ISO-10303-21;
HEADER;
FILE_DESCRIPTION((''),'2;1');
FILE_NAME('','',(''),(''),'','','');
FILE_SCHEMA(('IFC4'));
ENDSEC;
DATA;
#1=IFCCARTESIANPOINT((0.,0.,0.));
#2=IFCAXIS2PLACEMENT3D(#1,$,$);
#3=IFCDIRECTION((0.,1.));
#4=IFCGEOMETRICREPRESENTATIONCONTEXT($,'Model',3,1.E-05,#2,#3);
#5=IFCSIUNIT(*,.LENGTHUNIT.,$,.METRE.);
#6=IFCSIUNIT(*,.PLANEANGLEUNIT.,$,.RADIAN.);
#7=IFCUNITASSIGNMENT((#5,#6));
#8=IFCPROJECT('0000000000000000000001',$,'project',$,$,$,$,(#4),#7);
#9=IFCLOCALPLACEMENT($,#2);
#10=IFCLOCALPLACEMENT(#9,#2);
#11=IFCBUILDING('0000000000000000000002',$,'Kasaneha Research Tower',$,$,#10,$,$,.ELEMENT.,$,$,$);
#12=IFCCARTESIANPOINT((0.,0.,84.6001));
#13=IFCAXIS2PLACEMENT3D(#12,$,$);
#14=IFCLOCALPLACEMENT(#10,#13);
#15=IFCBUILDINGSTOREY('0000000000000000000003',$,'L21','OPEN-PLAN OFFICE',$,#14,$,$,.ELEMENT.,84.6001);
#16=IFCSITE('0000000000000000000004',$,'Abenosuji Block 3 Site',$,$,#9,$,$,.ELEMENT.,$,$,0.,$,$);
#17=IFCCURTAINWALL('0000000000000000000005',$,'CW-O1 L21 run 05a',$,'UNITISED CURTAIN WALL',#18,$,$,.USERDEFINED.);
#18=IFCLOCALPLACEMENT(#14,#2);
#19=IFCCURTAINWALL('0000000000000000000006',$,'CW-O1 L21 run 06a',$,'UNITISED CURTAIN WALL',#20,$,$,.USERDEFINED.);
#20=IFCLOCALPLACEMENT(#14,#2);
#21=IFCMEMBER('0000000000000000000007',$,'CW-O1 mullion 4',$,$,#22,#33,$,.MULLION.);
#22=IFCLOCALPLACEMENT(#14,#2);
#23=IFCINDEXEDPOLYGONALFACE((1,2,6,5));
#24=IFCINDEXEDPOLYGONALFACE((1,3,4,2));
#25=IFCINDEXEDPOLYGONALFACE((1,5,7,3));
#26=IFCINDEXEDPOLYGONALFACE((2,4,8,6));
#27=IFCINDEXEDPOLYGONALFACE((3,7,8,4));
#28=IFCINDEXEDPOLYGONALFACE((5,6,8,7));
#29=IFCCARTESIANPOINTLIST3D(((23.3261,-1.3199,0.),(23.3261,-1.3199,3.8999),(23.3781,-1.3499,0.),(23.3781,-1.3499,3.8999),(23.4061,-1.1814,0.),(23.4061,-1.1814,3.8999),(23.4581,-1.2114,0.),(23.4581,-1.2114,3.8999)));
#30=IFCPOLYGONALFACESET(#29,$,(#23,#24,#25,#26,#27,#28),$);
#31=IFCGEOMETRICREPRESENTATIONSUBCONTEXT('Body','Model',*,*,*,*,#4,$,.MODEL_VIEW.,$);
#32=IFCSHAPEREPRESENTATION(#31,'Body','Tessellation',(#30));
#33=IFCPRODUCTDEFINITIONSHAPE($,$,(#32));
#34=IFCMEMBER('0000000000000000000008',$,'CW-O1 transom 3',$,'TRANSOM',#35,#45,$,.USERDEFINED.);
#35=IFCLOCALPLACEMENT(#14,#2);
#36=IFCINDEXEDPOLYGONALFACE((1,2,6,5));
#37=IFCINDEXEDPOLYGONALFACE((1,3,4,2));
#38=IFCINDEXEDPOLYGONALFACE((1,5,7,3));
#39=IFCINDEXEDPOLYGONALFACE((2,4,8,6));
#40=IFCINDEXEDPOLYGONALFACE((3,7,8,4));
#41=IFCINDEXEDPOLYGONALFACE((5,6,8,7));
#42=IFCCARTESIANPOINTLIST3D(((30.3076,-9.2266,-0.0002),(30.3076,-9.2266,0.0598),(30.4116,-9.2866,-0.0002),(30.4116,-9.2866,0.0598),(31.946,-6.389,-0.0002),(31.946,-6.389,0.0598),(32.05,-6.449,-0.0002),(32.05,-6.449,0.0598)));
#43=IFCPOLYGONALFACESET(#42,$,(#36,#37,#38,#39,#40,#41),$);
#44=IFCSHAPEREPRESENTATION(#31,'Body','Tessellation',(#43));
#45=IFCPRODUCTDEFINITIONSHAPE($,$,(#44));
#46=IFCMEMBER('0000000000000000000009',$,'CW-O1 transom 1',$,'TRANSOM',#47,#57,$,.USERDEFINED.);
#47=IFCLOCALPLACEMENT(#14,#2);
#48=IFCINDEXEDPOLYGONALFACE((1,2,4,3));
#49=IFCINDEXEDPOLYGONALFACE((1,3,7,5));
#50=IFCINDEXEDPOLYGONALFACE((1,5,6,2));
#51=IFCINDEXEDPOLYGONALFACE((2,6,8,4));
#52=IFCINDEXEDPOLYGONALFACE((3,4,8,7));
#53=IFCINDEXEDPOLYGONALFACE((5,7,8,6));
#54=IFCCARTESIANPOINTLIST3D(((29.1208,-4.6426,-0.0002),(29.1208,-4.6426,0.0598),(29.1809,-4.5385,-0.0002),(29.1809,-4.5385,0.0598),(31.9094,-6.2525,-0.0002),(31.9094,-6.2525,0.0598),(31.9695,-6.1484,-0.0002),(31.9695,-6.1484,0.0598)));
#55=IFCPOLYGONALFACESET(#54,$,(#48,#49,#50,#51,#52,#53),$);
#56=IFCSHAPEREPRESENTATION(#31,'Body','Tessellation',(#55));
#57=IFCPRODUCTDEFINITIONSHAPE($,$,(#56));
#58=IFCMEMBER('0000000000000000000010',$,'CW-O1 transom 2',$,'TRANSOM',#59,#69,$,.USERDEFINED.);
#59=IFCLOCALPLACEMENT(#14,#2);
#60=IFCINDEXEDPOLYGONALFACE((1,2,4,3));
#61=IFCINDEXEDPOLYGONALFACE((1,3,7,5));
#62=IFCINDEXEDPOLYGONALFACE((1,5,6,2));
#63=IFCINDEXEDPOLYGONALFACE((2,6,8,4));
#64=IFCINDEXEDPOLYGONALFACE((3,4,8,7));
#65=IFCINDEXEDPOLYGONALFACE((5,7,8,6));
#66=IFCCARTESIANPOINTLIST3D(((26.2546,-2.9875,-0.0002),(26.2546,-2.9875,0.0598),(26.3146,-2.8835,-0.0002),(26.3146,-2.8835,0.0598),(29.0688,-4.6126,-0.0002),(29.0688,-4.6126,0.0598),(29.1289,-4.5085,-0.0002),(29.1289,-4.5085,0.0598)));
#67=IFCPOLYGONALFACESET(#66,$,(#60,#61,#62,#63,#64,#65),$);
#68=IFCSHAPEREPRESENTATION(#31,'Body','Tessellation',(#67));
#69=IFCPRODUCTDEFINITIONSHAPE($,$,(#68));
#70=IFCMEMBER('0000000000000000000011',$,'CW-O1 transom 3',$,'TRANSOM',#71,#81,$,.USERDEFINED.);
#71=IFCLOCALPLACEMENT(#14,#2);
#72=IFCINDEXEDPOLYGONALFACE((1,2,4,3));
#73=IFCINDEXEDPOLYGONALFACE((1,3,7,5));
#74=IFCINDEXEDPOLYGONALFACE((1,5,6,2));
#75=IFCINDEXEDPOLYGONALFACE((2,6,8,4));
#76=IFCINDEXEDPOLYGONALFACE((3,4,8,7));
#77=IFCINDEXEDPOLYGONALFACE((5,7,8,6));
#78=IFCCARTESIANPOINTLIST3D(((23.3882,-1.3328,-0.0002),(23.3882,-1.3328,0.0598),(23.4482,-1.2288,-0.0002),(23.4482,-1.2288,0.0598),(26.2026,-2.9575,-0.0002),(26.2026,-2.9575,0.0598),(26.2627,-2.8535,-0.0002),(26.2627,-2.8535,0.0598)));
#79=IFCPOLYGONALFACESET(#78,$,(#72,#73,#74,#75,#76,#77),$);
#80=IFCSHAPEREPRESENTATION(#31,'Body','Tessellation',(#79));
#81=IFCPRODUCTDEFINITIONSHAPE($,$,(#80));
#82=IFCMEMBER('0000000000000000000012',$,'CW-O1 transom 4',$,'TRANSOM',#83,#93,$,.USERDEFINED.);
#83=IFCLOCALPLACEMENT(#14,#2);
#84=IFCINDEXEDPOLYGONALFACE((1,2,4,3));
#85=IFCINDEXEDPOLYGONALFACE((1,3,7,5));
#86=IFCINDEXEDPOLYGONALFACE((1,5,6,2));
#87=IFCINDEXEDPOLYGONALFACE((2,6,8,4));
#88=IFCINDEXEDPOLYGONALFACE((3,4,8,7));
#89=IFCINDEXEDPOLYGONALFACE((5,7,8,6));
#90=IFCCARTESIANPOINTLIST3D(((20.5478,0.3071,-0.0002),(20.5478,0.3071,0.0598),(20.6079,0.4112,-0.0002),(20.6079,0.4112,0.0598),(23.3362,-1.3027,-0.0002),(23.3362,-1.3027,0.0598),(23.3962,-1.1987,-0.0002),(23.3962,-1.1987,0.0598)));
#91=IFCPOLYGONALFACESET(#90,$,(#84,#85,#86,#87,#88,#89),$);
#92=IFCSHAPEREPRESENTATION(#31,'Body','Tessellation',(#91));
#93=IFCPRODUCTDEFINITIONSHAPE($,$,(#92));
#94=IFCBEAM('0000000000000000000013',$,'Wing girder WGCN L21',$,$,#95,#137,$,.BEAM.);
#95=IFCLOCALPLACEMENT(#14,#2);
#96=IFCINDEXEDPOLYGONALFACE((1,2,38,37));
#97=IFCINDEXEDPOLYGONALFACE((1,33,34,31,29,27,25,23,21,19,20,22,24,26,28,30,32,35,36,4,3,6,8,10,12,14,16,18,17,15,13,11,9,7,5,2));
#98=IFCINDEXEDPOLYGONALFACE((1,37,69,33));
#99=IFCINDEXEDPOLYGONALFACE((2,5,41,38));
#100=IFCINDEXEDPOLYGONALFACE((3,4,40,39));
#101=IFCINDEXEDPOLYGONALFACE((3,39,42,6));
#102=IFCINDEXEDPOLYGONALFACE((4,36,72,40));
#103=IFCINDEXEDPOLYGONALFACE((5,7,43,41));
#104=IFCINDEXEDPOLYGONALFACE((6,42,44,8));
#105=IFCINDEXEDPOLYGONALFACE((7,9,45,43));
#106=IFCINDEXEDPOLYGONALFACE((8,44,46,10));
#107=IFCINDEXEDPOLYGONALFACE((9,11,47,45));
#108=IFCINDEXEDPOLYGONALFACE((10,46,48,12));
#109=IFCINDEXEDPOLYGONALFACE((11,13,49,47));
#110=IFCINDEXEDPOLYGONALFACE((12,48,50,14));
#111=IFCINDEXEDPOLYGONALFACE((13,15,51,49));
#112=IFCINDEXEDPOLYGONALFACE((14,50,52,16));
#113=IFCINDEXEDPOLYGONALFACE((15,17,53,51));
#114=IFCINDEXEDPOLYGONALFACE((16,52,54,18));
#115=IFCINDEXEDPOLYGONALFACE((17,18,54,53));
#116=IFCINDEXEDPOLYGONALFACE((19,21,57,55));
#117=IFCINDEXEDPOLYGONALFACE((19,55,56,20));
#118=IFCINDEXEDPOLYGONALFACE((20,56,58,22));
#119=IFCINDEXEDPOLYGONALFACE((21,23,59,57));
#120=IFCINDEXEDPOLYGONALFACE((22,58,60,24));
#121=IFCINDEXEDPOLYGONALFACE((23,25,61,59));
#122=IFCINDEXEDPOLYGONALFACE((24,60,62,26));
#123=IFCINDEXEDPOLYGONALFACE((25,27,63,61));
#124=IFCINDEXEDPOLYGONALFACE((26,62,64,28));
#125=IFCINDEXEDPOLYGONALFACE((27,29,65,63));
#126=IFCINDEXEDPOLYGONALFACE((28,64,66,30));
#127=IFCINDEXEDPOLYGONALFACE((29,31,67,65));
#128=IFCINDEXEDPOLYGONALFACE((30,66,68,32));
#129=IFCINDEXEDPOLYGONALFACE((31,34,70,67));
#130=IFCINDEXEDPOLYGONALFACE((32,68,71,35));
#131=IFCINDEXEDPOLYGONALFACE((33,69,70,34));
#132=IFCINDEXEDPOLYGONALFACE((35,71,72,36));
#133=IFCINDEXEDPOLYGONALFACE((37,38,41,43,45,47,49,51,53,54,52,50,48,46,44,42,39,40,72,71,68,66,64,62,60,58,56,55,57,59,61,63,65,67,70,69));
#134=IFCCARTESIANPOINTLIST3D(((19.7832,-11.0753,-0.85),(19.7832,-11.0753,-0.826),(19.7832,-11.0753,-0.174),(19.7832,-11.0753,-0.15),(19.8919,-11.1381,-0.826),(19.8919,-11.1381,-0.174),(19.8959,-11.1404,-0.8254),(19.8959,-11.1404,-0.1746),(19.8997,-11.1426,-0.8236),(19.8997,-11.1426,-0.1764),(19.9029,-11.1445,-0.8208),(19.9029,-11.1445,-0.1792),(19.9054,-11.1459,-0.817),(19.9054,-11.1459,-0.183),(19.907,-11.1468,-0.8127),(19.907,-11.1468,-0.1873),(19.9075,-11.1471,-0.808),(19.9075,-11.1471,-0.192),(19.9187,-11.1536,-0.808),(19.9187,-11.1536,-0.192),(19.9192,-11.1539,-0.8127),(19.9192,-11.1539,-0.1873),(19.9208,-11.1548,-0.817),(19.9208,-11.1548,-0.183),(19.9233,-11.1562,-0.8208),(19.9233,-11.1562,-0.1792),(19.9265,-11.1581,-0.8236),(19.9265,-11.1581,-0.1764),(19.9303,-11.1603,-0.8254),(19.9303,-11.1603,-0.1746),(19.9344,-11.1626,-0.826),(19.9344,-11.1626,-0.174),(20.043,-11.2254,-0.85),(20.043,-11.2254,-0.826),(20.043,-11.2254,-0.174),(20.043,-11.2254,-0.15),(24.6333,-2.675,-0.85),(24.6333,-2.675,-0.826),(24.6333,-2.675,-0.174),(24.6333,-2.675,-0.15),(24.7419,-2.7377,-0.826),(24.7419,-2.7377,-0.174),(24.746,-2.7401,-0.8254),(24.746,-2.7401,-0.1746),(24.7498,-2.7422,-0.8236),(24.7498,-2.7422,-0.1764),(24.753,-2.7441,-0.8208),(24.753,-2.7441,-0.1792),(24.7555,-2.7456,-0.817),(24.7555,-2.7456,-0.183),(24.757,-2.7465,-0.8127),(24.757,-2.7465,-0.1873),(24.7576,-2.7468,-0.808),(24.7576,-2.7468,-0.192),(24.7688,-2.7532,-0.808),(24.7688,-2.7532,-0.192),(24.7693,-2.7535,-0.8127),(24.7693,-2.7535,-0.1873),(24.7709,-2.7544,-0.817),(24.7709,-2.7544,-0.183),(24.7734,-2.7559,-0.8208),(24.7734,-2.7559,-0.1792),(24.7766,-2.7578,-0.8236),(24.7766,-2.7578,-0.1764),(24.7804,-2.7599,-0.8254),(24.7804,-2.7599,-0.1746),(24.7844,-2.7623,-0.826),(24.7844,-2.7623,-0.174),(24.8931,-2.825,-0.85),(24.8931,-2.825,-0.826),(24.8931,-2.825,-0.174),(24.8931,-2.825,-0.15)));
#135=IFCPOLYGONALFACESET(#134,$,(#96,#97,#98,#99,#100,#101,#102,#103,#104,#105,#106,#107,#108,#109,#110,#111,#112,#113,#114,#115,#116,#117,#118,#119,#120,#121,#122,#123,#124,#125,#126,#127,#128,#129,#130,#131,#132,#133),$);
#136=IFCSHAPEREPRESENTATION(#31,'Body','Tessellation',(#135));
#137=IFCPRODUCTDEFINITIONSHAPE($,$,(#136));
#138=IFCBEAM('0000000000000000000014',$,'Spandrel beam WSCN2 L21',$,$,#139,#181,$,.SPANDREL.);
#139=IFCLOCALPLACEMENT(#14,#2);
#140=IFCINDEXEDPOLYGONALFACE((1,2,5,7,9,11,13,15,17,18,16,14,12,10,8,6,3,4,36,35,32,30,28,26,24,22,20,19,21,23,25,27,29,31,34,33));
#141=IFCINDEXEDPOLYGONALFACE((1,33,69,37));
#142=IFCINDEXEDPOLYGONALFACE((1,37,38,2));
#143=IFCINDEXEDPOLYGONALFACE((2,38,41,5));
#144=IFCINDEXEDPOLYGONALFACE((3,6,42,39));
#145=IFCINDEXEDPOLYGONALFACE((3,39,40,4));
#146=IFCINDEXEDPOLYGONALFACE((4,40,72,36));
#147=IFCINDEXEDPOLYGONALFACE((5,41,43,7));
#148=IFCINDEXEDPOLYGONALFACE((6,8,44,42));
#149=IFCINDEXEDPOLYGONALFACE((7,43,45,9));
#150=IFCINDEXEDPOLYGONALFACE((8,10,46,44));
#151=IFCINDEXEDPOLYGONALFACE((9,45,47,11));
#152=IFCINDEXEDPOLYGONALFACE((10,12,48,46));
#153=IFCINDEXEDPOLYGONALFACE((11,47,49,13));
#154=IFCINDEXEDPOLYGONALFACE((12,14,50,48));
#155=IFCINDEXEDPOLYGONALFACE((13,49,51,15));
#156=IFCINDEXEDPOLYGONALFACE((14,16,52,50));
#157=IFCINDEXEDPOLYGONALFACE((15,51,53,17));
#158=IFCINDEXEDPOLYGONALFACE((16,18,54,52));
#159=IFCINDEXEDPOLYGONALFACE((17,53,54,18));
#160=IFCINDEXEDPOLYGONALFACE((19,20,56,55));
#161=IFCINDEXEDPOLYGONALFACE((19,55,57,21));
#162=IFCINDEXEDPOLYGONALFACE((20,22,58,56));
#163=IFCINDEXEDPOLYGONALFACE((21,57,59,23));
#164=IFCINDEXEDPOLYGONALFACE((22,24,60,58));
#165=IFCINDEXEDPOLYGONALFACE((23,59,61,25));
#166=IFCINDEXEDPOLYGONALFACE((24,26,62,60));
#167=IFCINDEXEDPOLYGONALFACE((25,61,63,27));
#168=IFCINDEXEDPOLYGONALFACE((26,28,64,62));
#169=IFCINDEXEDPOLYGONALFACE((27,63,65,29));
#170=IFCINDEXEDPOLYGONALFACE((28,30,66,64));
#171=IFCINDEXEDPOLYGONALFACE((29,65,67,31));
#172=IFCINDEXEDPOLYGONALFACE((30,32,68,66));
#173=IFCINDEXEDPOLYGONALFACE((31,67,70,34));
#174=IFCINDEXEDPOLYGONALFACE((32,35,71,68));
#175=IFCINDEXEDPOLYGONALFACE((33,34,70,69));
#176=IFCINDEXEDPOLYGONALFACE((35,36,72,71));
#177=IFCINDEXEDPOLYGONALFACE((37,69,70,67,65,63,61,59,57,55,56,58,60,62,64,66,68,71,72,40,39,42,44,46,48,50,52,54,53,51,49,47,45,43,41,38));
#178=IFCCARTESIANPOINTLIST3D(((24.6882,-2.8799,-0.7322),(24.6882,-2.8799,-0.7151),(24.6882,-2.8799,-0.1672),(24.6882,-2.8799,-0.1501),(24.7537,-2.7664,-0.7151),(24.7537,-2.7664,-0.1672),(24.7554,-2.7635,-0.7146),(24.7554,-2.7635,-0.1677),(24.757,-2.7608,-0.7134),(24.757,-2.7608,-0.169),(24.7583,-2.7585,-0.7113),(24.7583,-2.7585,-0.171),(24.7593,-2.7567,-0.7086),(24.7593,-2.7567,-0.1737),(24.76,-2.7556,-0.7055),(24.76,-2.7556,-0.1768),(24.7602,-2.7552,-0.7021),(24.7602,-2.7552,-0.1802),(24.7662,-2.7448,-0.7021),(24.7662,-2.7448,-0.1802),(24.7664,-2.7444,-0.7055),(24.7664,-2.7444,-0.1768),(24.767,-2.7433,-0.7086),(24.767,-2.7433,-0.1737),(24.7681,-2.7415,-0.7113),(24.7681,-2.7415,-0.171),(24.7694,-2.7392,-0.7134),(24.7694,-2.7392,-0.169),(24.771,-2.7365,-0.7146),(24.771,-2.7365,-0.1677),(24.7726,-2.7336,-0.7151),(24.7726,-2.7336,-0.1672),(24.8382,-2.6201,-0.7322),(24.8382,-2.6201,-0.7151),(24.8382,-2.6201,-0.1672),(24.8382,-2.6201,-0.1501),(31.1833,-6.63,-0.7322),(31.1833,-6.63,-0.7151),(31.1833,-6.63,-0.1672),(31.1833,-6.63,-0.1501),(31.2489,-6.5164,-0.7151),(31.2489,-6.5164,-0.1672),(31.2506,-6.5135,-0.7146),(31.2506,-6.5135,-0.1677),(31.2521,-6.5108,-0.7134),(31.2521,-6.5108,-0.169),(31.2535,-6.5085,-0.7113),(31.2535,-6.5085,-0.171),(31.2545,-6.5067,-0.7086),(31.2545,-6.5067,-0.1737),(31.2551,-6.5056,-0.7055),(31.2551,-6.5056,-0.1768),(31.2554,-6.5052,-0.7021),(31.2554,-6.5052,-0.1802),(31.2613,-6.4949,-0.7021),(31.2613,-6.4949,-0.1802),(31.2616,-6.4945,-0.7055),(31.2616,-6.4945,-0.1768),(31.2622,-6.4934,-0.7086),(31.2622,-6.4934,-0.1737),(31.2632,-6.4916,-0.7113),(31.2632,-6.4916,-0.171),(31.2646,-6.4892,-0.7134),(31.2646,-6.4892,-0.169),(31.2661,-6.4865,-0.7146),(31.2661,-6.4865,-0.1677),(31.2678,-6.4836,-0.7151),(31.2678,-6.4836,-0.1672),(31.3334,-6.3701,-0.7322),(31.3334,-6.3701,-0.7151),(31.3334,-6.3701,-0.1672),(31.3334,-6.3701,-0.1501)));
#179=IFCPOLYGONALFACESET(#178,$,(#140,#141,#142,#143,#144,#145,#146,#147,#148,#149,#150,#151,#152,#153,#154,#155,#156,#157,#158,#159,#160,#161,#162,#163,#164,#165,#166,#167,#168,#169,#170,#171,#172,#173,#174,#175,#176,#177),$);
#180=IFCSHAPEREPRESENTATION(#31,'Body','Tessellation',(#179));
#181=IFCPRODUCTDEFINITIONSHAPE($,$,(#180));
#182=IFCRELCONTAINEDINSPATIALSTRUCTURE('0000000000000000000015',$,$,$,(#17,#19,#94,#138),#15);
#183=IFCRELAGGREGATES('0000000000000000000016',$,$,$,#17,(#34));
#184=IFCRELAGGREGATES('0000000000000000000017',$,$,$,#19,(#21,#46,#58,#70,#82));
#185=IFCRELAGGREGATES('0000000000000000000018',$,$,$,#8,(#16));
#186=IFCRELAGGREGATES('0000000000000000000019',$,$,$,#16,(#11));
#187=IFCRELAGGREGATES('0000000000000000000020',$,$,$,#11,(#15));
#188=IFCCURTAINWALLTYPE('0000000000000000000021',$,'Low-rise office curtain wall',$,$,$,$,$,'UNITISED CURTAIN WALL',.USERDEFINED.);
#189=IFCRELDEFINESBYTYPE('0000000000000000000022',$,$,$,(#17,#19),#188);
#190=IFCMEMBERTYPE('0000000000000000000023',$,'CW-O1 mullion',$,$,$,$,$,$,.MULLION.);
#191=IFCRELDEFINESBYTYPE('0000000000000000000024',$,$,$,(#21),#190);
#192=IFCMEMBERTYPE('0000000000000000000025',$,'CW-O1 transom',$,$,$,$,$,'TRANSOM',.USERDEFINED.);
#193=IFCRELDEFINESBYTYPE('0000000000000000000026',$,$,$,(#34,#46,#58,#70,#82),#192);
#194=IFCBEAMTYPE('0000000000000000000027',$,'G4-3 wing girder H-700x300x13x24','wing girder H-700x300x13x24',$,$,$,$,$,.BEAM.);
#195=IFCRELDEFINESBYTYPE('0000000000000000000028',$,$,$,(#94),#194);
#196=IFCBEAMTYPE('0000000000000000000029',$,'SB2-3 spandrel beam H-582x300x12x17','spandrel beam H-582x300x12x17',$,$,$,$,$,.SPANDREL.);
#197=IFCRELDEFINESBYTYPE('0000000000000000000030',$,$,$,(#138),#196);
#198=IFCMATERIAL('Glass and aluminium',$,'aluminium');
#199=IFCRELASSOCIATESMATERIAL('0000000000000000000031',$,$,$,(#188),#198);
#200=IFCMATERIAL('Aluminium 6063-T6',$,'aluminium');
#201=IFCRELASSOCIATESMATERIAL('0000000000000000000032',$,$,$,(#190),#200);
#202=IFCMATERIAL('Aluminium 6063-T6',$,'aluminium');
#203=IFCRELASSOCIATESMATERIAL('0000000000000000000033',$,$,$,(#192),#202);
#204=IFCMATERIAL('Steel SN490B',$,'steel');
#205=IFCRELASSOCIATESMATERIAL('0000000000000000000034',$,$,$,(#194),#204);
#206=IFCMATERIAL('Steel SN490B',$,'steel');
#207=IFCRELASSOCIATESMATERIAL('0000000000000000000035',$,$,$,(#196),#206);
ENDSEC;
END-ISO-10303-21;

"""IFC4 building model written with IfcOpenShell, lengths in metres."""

from ifc_helpers import new_model, si_unit, direction, frame, origin, origin_2d, place, context, subcontext, project, spatial, rectangle, i_section, extrude, material, material_profile, profile_set, type_object, element, aggregate, save


model = new_model("IFC4")

# Units and contexts
model_context = context("Model", 3, precision=1e-05, world=origin(), true_north=direction((0.0, 1.0)))
body_context = subcontext(model_context, "Body", "Model", "MODEL_VIEW")
ifc_project = project(units=[si_unit("LENGTHUNIT", "METRE"), si_unit("PLANEANGLEUNIT", "RADIAN")], contexts=[model_context])

# Site, building, storey
site_placement = place(None, origin())
site = spatial("IfcSite", under=ifc_project, at=site_placement, Name="Abenosuji Block 3 Site", CompositionType="ELEMENT", RefElevation=0.0)
building_placement = place(site_placement, origin())
building = spatial("IfcBuilding", under=site, at=building_placement, Name="Kasaneha Research Tower", CompositionType="ELEMENT")
storey_placement = place(building_placement, frame((0.0, 0.0, 84.6001)))
storey = spatial("IfcBuildingStorey", under=building, at=storey_placement, Name="L21", Description="OPEN-PLAN OFFICE", CompositionType="ELEMENT", Elevation=84.6001)

# Curtain walls, member
ifc_material_1 = material(Name="Glass and aluminium", Category="aluminium")
curtain_wall_type = type_object("IfcCurtainWallType", Name="Low-rise office curtain wall", ElementType="UNITISED CURTAIN WALL", PredefinedType="USERDEFINED", material=ifc_material_1)
curtain_wall_1_placement = place(storey_placement, origin())
curtain_wall_1 = element("IfcCurtainWall", 1, at=curtain_wall_1_placement, inside=storey, type_object=curtain_wall_type, Name="CW-O1 L21 run 05a", ObjectType="UNITISED CURTAIN WALL", PredefinedType="USERDEFINED")
ifc_material_2 = material(Name="Aluminium 6063-T6", Category="aluminium")
ifc_material_profile_1 = material_profile(ifc_material_2, rectangle(XDim=0.0601, YDim=0.1599, at=origin_2d()), Name="CW-O1 mullion 60x160")
ifc_profile_set_1 = profile_set([ifc_material_profile_1], Name="Aluminium 6063-T6")
member_type_1 = type_object("IfcMemberType", Name="CW-O1 mullion", PredefinedType="MULLION", material=ifc_profile_set_1)
curtain_wall_2_placement = place(storey_placement, origin())
curtain_wall_2 = element("IfcCurtainWall", 2, at=curtain_wall_2_placement, inside=storey, type_object=curtain_wall_type, Name="CW-O1 L21 run 06a", ObjectType="UNITISED CURTAIN WALL", PredefinedType="USERDEFINED")
member_1_placement = place(storey_placement, frame((23.3921, -1.2656, 0.0), z_axis=(0.0, 0.0, 1.0), x_axis=(-0.866025, 0.5, 0.0)))
member_1 = element("IfcMember", 3, at=member_1_placement, type_object=member_type_1, Name="CW-O1 mullion 4", PredefinedType="MULLION", context=body_context, shape_type="SweptSolid", body=[
    extrude(rectangle(XDim=0.0601, YDim=0.1599, at=origin_2d()), origin(), (0.0, 0.0, 1.0), 3.8999),
])

# Members
ifc_material_3 = material(Name="Aluminium 6063-T6", Category="aluminium")
ifc_material_profile_2 = material_profile(ifc_material_3, rectangle(XDim=0.1201, YDim=0.0601, at=origin_2d()), Name="CW-O1 transom 120x60")
ifc_profile_set_2 = profile_set([ifc_material_profile_2], Name="Aluminium 6063-T6")
member_type_2 = type_object("IfcMemberType", Name="CW-O1 transom", ElementType="TRANSOM", PredefinedType="USERDEFINED", material=ifc_profile_set_2)
member_2_placement = place(storey_placement, frame((30.3596, -9.2566, 0.0298), z_axis=(0.500026, 0.866011, 0.0), x_axis=(-0.866011, 0.500026, 0.0)))
member_2 = element("IfcMember", 4, at=member_2_placement, type_object=member_type_2, Name="CW-O1 transom 3", ObjectType="TRANSOM", PredefinedType="USERDEFINED", context=body_context, shape_type="SweptSolid", body=[
    extrude(rectangle(XDim=0.1201, YDim=0.0601, at=origin_2d()), origin(), (0.0, 0.0, 1.0), 3.2766),
])
member_3_placement = place(storey_placement, frame((31.9395, -6.2004, 0.0298), z_axis=(-0.866042, 0.499972, 0.0), x_axis=(-0.499972, -0.866042, 0.0)))
member_3 = element("IfcMember", 5, at=member_3_placement, type_object=member_type_2, Name="CW-O1 transom 1", ObjectType="TRANSOM", PredefinedType="USERDEFINED", context=body_context, shape_type="SweptSolid", body=[
    extrude(rectangle(XDim=0.1201, YDim=0.0601, at=origin_2d()), origin(), (0.0, 0.0, 1.0), 3.22),
])
member_4_placement = place(storey_placement, frame((29.0989, -4.5605, 0.0298), z_axis=(-0.865997, 0.50005, 0.0), x_axis=(-0.50005, -0.865997, 0.0)))
member_4 = element("IfcMember", 6, at=member_4_placement, type_object=member_type_2, Name="CW-O1 transom 2", ObjectType="TRANSOM", PredefinedType="USERDEFINED", context=body_context, shape_type="SweptSolid", body=[
    extrude(rectangle(XDim=0.1201, YDim=0.0601, at=origin_2d()), origin(), (0.0, 0.0, 1.0), 3.2498),
])
member_5_placement = place(storey_placement, frame((26.2327, -2.9055, 0.0298), z_axis=(-0.866048, 0.499961, 0.0), x_axis=(-0.499961, -0.866048, 0.0)))
member_5 = element("IfcMember", 7, at=member_5_placement, type_object=member_type_2, Name="CW-O1 transom 3", ObjectType="TRANSOM", PredefinedType="USERDEFINED", context=body_context, shape_type="SweptSolid", body=[
    extrude(rectangle(XDim=0.1201, YDim=0.0601, at=origin_2d()), origin(), (0.0, 0.0, 1.0), 3.2498),
])
member_6_placement = place(storey_placement, frame((23.3662, -1.2507, 0.0298), z_axis=(-0.866023, 0.500005, 0.0), x_axis=(-0.500005, -0.866023, 0.0)))
member_6 = element("IfcMember", 8, at=member_6_placement, type_object=member_type_2, Name="CW-O1 transom 4", ObjectType="TRANSOM", PredefinedType="USERDEFINED", context=body_context, shape_type="SweptSolid", body=[
    extrude(rectangle(XDim=0.1201, YDim=0.0601, at=origin_2d()), origin(), (0.0, 0.0, 1.0), 3.2197),
])

# Beams
ifc_material_4 = material(Name="Steel SN490B", Category="steel")
ifc_material_profile_3 = material_profile(ifc_material_4, i_section(OverallWidth=0.3, OverallDepth=0.7, WebThickness=0.0129, FlangeThickness=0.0239, FilletRadius=0.0181, at=origin_2d()), Name="H-700x300x13x24")
ifc_profile_set_3 = profile_set([ifc_material_profile_3], Name="Steel SN490B")
beam_type_1 = type_object("IfcBeamType", Name="G4-3 wing girder H-700x300x13x24", Description="wing girder H-700x300x13x24", PredefinedType="BEAM", material=ifc_profile_set_3)
beam_1_placement = place(storey_placement, frame((24.7632, -2.75, -0.5), z_axis=(-0.50001, -0.86602, 0.0), x_axis=(0.86602, -0.50001, 0.0)))
element("IfcBeam", 9, at=beam_1_placement, inside=storey, type_object=beam_type_1, Name="Wing girder WGCN L21", PredefinedType="BEAM", context=body_context, shape_type="SweptSolid", body=[
    extrude(i_section(OverallWidth=0.3, OverallDepth=0.7, WebThickness=0.0129, FlangeThickness=0.0239, FilletRadius=0.0181, at=origin_2d()), origin(), (0.0, 0.0, 1.0), 9.7),
])
ifc_material_5 = material(Name="Steel SN490B", Category="steel")
ifc_material_profile_4 = material_profile(ifc_material_5, i_section(OverallWidth=0.3, OverallDepth=0.582, WebThickness=0.012, FlangeThickness=0.0171, FilletRadius=0.0129, at=origin_2d()), Name="H-582x300x12x17")
ifc_profile_set_4 = profile_set([ifc_material_profile_4], Name="Steel SN490B")
beam_type_2 = type_object("IfcBeamType", Name="SB2-3 spandrel beam H-582x300x12x17", Description="spandrel beam H-582x300x12x17", PredefinedType="SPANDREL", material=ifc_profile_set_4)
beam_2_placement = place(storey_placement, frame((24.7632, -2.75, -0.4412), z_axis=(0.866023, -0.500004, 0.0), x_axis=(0.500004, 0.866023, 0.0)))
element("IfcBeam", 10, at=beam_2_placement, inside=storey, type_object=beam_type_2, Name="Spandrel beam WSCN2 L21", PredefinedType="SPANDREL", context=body_context, shape_type="SweptSolid", body=[
    extrude(i_section(OverallWidth=0.3, OverallDepth=0.582, WebThickness=0.012, FlangeThickness=0.0171, FilletRadius=0.0129, at=origin_2d()), origin(), (0.0, 0.0, 1.0), 7.5),
])

aggregate(curtain_wall_1, [member_2])
aggregate(curtain_wall_2, [member_1, member_3, member_4, member_5, member_6])

save(model, "model.ifc")
